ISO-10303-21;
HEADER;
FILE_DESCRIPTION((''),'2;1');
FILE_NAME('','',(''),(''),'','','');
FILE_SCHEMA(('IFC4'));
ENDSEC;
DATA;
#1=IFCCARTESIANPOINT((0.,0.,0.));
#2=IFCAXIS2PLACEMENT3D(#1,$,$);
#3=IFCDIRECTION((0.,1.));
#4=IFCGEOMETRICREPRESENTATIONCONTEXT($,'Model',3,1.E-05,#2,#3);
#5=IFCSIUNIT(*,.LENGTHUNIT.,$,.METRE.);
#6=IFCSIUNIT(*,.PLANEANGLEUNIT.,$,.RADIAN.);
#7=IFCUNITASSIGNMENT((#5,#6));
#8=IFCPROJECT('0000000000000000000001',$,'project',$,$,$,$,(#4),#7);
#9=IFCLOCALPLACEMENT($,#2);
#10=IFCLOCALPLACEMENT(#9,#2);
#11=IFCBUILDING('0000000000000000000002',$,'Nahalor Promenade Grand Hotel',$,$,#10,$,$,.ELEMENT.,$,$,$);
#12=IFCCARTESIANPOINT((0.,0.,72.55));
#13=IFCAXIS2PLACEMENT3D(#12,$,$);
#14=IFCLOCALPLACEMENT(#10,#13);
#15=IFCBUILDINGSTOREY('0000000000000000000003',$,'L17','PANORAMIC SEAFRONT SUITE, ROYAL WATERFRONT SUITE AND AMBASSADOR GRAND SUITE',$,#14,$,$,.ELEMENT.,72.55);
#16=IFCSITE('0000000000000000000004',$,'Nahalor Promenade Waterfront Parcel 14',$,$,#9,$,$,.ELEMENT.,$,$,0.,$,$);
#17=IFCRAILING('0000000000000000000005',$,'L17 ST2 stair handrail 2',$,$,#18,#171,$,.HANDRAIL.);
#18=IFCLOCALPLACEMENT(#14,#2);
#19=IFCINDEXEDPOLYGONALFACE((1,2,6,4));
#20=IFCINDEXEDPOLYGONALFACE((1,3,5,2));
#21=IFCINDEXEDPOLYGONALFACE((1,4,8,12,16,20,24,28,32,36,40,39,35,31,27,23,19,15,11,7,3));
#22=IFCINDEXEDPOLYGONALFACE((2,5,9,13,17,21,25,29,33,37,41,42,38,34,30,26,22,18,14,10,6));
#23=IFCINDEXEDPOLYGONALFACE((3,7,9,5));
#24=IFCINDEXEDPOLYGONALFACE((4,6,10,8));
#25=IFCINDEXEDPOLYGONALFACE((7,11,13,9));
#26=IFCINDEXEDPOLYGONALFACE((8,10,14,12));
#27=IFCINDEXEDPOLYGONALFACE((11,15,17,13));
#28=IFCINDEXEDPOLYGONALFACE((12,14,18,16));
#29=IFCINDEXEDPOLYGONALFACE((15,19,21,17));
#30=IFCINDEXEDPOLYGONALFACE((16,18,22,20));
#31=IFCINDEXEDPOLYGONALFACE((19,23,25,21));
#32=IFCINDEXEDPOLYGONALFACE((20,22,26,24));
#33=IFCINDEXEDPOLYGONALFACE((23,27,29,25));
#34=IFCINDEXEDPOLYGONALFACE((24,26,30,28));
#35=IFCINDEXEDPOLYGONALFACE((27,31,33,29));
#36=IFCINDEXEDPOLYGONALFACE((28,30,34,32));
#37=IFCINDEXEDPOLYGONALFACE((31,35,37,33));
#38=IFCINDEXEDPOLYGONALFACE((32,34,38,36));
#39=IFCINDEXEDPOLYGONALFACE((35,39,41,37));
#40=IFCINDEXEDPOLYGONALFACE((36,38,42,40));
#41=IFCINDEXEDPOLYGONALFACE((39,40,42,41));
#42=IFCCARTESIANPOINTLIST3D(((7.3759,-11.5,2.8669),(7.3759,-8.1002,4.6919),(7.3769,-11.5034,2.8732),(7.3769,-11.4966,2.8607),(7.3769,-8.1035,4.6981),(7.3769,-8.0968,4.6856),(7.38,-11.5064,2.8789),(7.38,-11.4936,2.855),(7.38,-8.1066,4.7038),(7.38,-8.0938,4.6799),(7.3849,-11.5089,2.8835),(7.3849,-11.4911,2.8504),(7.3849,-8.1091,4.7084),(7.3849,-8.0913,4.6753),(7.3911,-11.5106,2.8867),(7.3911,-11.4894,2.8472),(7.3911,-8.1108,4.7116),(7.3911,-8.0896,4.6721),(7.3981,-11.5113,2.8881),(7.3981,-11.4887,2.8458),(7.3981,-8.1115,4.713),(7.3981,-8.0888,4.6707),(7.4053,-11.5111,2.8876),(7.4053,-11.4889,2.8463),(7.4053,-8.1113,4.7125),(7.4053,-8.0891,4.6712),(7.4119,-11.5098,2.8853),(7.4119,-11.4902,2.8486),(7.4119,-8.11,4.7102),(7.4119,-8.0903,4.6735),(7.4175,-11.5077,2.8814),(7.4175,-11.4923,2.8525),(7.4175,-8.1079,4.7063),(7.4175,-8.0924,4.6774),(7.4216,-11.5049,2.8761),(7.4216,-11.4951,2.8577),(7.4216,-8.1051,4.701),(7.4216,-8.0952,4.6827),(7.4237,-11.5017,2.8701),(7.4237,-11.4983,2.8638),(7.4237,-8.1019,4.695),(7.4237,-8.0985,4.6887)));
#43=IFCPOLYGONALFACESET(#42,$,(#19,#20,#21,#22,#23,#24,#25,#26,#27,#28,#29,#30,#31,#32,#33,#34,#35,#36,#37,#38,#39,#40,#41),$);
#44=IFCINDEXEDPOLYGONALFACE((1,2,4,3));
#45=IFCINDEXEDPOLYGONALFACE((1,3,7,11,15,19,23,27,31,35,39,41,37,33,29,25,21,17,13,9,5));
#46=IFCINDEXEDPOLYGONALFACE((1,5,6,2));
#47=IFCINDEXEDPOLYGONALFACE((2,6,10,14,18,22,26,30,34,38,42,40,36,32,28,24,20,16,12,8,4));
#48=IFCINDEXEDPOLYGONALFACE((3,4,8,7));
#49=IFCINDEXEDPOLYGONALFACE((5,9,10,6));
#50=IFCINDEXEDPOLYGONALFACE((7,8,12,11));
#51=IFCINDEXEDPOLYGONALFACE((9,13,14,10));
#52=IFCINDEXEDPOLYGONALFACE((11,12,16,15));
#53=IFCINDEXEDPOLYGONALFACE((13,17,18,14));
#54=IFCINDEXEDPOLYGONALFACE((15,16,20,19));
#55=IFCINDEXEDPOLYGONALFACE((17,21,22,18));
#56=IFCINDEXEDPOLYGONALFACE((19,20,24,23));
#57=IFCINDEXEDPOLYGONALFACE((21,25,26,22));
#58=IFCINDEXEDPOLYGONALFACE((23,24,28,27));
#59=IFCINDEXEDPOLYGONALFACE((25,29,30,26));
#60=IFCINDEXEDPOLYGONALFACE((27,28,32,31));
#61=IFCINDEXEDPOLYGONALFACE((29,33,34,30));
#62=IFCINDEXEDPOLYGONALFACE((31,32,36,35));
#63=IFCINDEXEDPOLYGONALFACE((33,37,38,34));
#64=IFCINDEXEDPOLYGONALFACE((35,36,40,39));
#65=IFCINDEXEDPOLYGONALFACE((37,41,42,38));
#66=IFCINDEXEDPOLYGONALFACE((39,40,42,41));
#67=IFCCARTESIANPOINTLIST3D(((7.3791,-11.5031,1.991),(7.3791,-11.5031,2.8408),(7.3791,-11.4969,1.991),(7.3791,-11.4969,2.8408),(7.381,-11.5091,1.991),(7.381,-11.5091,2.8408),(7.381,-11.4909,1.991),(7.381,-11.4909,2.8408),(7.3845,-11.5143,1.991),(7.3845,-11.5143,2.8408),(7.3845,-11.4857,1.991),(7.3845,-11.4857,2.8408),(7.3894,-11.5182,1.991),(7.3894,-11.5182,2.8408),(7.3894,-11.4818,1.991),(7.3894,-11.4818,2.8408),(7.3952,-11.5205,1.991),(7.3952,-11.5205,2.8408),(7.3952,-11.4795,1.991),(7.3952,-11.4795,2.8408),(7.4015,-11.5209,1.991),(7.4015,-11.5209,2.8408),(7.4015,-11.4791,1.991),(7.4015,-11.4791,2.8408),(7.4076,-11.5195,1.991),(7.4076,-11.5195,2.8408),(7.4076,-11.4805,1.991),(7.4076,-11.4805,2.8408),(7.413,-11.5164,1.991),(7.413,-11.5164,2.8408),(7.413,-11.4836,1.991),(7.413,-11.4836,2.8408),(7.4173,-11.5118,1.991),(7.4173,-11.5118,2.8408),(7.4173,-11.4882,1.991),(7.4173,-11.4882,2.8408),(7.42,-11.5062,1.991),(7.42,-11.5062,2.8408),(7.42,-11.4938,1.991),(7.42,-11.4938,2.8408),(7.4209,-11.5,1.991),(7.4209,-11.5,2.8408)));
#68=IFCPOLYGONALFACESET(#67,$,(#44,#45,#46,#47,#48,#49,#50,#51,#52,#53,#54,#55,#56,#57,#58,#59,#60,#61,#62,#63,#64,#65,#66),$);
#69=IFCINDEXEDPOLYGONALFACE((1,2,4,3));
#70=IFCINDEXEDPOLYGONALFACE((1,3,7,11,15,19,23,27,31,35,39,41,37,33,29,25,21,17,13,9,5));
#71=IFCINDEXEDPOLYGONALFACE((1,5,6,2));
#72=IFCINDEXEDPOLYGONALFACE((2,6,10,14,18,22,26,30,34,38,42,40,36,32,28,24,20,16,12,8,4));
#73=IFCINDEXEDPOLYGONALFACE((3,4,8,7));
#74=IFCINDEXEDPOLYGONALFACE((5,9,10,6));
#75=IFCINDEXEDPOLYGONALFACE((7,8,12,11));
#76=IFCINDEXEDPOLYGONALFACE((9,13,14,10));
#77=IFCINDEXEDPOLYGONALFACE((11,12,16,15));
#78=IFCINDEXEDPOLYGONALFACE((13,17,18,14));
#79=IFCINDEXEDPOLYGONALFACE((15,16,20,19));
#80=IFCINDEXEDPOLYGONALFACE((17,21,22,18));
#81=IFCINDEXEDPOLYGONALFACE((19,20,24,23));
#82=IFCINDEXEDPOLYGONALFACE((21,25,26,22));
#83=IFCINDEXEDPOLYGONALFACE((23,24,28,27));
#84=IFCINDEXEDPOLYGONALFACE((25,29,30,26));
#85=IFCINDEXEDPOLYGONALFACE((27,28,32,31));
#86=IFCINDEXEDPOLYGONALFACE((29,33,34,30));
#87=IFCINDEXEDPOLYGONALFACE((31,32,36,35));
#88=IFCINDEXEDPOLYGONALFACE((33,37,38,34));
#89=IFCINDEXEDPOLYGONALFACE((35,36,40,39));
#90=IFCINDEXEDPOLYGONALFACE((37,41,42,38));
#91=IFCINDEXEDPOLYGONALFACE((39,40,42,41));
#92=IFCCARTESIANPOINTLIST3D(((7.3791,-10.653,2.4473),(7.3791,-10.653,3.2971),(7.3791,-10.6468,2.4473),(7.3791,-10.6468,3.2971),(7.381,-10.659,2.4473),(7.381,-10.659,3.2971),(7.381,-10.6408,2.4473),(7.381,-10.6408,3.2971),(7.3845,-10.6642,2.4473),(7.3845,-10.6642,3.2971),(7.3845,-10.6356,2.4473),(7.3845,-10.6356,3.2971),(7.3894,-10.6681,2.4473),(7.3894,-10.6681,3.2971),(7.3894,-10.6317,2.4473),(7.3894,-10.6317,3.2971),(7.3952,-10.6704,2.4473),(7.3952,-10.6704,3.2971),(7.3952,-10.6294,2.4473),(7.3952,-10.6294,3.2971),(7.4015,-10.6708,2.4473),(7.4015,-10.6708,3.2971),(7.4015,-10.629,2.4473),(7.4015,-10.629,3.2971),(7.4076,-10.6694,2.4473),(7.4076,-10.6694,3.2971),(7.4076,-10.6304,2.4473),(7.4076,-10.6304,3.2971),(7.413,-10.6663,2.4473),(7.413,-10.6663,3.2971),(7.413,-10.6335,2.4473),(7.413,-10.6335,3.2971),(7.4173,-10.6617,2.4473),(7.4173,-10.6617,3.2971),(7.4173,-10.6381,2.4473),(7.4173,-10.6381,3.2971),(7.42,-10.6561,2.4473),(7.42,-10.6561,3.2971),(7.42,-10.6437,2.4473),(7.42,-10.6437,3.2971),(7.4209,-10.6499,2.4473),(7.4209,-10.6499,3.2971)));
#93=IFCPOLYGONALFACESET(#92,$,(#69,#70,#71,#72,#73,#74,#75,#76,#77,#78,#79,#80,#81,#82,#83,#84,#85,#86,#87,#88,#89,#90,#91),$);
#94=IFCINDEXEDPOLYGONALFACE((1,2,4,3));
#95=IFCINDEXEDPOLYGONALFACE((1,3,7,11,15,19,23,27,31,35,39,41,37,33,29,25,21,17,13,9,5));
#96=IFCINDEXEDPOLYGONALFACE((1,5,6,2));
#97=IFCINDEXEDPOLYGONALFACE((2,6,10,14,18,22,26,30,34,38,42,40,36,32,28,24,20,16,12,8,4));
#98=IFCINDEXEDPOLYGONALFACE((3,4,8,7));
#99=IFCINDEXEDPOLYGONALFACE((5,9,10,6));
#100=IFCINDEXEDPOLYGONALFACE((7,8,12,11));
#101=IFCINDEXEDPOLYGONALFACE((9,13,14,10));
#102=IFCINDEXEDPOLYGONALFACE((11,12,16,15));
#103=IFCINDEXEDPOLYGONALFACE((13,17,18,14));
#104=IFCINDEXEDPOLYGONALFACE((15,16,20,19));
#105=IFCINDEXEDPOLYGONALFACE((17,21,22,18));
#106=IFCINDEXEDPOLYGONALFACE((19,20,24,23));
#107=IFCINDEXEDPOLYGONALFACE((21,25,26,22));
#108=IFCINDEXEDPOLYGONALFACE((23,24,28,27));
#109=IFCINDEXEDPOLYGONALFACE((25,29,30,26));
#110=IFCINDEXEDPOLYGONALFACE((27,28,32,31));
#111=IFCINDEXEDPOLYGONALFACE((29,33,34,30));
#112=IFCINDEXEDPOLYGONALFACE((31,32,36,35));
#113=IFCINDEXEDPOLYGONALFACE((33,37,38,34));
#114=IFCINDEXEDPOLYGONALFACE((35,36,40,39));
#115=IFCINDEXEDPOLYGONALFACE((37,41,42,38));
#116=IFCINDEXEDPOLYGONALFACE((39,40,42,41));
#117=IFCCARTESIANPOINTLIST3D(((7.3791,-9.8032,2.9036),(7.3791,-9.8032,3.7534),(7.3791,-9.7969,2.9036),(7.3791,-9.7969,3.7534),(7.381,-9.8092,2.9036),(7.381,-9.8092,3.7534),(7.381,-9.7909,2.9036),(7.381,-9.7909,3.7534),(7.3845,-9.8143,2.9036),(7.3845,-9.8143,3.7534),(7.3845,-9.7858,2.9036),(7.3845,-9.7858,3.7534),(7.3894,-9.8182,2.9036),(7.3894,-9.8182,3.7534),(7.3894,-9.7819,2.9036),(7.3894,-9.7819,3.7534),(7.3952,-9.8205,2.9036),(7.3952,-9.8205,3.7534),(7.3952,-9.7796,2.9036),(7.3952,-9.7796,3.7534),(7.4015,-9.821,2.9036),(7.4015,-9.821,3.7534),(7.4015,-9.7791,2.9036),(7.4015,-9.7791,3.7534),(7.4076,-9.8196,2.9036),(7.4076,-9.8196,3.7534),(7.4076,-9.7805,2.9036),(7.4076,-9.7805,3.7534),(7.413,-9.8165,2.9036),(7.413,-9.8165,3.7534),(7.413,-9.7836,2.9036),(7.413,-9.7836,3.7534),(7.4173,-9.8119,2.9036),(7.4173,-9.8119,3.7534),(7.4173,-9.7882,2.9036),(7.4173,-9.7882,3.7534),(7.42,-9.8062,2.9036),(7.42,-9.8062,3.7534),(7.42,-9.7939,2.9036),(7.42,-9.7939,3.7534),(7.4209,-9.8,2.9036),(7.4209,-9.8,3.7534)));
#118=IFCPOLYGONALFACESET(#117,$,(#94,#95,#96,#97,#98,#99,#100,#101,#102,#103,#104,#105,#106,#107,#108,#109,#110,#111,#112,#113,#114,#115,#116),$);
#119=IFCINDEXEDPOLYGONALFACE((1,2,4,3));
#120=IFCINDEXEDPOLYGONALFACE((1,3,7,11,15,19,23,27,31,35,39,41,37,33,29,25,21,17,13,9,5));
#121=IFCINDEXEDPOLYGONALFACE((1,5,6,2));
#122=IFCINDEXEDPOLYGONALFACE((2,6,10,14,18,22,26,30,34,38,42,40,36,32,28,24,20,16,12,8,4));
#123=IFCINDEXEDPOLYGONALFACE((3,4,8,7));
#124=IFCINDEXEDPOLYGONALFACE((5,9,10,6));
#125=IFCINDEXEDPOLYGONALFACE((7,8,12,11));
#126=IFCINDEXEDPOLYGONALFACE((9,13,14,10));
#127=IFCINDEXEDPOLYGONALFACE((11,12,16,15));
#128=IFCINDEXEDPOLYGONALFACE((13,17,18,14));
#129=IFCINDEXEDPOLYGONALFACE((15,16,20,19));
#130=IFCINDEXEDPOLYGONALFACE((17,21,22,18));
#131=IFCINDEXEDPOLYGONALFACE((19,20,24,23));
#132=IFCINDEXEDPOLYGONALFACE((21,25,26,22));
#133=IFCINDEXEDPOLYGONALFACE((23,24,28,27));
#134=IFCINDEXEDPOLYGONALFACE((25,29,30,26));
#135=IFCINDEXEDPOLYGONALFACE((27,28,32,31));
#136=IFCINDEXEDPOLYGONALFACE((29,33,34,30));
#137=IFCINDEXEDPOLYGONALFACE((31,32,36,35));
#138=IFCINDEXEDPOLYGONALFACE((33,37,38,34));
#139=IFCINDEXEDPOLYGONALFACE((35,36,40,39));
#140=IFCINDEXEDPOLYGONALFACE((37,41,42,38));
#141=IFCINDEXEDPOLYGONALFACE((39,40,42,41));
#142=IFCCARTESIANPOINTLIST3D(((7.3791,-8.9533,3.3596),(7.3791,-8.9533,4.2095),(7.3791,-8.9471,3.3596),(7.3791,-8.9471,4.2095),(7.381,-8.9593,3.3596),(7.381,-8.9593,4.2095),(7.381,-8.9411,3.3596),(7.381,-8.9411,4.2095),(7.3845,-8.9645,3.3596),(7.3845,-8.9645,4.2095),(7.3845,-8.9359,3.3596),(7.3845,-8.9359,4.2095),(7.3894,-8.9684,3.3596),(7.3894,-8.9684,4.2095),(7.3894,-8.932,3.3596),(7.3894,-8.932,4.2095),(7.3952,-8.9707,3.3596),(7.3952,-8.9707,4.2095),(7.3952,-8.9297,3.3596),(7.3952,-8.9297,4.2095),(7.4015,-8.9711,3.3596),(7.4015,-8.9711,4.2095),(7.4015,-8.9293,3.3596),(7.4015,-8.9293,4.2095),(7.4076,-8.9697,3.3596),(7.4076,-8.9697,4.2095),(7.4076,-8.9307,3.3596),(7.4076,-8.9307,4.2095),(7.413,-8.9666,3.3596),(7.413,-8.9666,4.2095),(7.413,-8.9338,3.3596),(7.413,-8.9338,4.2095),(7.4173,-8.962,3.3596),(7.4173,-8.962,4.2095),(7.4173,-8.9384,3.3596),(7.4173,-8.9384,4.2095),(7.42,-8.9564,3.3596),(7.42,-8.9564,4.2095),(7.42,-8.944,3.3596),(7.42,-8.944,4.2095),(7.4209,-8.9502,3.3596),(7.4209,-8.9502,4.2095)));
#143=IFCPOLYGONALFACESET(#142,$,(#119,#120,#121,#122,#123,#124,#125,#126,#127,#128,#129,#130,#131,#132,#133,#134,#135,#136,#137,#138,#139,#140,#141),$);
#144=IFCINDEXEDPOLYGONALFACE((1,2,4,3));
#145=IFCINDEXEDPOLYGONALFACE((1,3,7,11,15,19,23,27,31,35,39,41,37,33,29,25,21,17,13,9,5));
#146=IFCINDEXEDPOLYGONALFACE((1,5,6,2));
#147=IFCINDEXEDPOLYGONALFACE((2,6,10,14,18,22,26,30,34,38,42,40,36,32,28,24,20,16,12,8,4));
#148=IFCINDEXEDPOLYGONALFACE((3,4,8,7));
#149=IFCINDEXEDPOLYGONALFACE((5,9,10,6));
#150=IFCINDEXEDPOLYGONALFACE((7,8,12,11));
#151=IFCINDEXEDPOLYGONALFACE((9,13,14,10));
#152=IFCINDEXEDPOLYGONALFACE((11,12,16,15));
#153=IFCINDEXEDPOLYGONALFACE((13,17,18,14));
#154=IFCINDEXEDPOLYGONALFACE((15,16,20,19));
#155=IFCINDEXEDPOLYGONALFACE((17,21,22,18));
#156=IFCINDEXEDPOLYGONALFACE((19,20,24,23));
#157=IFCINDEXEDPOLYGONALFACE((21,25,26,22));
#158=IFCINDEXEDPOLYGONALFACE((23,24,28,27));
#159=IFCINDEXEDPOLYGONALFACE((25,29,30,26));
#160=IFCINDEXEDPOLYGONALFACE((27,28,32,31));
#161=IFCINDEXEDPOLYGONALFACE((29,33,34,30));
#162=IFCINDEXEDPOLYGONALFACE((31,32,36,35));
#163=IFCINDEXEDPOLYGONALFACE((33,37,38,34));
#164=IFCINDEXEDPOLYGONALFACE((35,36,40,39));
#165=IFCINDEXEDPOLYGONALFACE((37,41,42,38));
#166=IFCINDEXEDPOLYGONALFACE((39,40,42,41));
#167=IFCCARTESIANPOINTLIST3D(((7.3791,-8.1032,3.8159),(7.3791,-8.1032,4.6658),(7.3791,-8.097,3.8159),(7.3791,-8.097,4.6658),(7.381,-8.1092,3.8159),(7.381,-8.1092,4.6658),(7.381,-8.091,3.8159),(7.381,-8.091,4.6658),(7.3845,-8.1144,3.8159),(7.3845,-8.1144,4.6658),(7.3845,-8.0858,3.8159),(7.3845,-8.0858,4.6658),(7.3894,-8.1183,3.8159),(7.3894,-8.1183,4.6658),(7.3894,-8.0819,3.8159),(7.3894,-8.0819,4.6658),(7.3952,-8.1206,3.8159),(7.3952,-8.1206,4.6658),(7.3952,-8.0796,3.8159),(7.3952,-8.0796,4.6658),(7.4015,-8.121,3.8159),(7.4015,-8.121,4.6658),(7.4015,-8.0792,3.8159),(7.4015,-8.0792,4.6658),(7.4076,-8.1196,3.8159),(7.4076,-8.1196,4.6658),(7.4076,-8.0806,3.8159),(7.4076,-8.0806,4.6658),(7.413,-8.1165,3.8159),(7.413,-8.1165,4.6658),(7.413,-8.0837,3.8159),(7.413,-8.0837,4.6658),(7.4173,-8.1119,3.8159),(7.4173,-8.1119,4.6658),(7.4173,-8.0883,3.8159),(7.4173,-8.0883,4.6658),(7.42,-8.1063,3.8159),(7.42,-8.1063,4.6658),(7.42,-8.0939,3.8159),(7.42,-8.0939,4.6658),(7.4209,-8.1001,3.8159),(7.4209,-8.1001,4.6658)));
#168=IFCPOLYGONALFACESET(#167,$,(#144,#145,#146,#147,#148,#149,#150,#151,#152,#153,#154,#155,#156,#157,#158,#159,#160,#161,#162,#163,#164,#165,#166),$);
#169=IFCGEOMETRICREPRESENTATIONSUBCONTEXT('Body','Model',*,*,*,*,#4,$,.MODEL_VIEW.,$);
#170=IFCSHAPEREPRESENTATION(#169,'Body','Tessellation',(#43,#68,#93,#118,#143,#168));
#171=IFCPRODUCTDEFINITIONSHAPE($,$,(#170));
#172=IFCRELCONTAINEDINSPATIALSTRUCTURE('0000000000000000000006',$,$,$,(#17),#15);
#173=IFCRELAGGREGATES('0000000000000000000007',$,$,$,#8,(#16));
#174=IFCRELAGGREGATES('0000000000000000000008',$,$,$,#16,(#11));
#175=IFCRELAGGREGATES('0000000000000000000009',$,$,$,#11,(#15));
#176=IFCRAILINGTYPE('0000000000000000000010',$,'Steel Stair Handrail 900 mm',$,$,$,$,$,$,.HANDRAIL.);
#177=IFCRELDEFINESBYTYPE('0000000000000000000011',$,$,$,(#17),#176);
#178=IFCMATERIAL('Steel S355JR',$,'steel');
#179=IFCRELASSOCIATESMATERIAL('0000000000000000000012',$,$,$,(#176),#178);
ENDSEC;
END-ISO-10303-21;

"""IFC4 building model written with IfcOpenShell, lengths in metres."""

from ifc_helpers import new_model, si_unit, direction, frame, origin, origin_2d, place, context, subcontext, project, spatial, circle, extrude, material, type_object, element, save


model = new_model("IFC4")

# Units and contexts
model_context = context("Model", 3, precision=1e-05, world=origin(), true_north=direction((0.0, 1.0)))
body_context = subcontext(model_context, "Body", "Model", "MODEL_VIEW")
ifc_project = project(units=[si_unit("LENGTHUNIT", "METRE"), si_unit("PLANEANGLEUNIT", "RADIAN")], contexts=[model_context])

# Site, building, storey
site_placement = place(None, origin())
site = spatial("IfcSite", under=ifc_project, at=site_placement, Name="Nahalor Promenade Waterfront Parcel 14", CompositionType="ELEMENT", RefElevation=0.0)
building_placement = place(site_placement, origin())
building = spatial("IfcBuilding", under=site, at=building_placement, Name="Nahalor Promenade Grand Hotel", CompositionType="ELEMENT")
storey_placement = place(building_placement, frame((0.0, 0.0, 72.55)))
storey = spatial("IfcBuildingStorey", under=building, at=storey_placement, Name="L17", Description="PANORAMIC SEAFRONT SUITE, ROYAL WATERFRONT SUITE AND AMBASSADOR GRAND SUITE", CompositionType="ELEMENT", Elevation=72.55)

# Shared definitions
ifc_material_1 = material(Name="Steel S355JR", Category="steel")

# Railing
railing_type_1 = type_object("IfcRailingType", Name="Steel Stair Handrail 900 mm", PredefinedType="HANDRAIL", material=ifc_material_1)
railing_1_placement = place(storey_placement, frame((7.3999, -11.5, 1.991)))
element("IfcRailing", 1, at=railing_1_placement, inside=storey, type_object=railing_type_1, Name="L17 ST2 stair handrail 2", PredefinedType="HANDRAIL", context=body_context, shape_type="SweptSolid", body=[
    extrude(circle(Radius=0.024, at=origin_2d()), frame((0.0, 0.0, 0.876), z_axis=(0.0, 0.881094, 0.472941), x_axis=(-1.0, 0.0, 0.0)), (0.0, 0.0, 1.0), 3.8586),
    extrude(circle(Radius=0.021, at=origin_2d()), origin(), (0.0, 0.0, 1.0), 0.8499),
    extrude(circle(Radius=0.021, at=origin_2d()), frame((0.0, 0.8501, 0.4563)), (0.0, 0.0, 1.0), 0.8499),
    extrude(circle(Radius=0.021, at=origin_2d()), frame((0.0, 1.7, 0.9126)), (0.0, 0.0, 1.0), 0.8499),
    extrude(circle(Radius=0.021, at=origin_2d()), frame((0.0, 2.5498, 1.3687)), (0.0, 0.0, 1.0), 0.8499),
    extrude(circle(Radius=0.021, at=origin_2d()), frame((0.0, 3.3999, 1.825)), (0.0, 0.0, 1.0), 0.8499),
])

save(model, "model.ifc")
